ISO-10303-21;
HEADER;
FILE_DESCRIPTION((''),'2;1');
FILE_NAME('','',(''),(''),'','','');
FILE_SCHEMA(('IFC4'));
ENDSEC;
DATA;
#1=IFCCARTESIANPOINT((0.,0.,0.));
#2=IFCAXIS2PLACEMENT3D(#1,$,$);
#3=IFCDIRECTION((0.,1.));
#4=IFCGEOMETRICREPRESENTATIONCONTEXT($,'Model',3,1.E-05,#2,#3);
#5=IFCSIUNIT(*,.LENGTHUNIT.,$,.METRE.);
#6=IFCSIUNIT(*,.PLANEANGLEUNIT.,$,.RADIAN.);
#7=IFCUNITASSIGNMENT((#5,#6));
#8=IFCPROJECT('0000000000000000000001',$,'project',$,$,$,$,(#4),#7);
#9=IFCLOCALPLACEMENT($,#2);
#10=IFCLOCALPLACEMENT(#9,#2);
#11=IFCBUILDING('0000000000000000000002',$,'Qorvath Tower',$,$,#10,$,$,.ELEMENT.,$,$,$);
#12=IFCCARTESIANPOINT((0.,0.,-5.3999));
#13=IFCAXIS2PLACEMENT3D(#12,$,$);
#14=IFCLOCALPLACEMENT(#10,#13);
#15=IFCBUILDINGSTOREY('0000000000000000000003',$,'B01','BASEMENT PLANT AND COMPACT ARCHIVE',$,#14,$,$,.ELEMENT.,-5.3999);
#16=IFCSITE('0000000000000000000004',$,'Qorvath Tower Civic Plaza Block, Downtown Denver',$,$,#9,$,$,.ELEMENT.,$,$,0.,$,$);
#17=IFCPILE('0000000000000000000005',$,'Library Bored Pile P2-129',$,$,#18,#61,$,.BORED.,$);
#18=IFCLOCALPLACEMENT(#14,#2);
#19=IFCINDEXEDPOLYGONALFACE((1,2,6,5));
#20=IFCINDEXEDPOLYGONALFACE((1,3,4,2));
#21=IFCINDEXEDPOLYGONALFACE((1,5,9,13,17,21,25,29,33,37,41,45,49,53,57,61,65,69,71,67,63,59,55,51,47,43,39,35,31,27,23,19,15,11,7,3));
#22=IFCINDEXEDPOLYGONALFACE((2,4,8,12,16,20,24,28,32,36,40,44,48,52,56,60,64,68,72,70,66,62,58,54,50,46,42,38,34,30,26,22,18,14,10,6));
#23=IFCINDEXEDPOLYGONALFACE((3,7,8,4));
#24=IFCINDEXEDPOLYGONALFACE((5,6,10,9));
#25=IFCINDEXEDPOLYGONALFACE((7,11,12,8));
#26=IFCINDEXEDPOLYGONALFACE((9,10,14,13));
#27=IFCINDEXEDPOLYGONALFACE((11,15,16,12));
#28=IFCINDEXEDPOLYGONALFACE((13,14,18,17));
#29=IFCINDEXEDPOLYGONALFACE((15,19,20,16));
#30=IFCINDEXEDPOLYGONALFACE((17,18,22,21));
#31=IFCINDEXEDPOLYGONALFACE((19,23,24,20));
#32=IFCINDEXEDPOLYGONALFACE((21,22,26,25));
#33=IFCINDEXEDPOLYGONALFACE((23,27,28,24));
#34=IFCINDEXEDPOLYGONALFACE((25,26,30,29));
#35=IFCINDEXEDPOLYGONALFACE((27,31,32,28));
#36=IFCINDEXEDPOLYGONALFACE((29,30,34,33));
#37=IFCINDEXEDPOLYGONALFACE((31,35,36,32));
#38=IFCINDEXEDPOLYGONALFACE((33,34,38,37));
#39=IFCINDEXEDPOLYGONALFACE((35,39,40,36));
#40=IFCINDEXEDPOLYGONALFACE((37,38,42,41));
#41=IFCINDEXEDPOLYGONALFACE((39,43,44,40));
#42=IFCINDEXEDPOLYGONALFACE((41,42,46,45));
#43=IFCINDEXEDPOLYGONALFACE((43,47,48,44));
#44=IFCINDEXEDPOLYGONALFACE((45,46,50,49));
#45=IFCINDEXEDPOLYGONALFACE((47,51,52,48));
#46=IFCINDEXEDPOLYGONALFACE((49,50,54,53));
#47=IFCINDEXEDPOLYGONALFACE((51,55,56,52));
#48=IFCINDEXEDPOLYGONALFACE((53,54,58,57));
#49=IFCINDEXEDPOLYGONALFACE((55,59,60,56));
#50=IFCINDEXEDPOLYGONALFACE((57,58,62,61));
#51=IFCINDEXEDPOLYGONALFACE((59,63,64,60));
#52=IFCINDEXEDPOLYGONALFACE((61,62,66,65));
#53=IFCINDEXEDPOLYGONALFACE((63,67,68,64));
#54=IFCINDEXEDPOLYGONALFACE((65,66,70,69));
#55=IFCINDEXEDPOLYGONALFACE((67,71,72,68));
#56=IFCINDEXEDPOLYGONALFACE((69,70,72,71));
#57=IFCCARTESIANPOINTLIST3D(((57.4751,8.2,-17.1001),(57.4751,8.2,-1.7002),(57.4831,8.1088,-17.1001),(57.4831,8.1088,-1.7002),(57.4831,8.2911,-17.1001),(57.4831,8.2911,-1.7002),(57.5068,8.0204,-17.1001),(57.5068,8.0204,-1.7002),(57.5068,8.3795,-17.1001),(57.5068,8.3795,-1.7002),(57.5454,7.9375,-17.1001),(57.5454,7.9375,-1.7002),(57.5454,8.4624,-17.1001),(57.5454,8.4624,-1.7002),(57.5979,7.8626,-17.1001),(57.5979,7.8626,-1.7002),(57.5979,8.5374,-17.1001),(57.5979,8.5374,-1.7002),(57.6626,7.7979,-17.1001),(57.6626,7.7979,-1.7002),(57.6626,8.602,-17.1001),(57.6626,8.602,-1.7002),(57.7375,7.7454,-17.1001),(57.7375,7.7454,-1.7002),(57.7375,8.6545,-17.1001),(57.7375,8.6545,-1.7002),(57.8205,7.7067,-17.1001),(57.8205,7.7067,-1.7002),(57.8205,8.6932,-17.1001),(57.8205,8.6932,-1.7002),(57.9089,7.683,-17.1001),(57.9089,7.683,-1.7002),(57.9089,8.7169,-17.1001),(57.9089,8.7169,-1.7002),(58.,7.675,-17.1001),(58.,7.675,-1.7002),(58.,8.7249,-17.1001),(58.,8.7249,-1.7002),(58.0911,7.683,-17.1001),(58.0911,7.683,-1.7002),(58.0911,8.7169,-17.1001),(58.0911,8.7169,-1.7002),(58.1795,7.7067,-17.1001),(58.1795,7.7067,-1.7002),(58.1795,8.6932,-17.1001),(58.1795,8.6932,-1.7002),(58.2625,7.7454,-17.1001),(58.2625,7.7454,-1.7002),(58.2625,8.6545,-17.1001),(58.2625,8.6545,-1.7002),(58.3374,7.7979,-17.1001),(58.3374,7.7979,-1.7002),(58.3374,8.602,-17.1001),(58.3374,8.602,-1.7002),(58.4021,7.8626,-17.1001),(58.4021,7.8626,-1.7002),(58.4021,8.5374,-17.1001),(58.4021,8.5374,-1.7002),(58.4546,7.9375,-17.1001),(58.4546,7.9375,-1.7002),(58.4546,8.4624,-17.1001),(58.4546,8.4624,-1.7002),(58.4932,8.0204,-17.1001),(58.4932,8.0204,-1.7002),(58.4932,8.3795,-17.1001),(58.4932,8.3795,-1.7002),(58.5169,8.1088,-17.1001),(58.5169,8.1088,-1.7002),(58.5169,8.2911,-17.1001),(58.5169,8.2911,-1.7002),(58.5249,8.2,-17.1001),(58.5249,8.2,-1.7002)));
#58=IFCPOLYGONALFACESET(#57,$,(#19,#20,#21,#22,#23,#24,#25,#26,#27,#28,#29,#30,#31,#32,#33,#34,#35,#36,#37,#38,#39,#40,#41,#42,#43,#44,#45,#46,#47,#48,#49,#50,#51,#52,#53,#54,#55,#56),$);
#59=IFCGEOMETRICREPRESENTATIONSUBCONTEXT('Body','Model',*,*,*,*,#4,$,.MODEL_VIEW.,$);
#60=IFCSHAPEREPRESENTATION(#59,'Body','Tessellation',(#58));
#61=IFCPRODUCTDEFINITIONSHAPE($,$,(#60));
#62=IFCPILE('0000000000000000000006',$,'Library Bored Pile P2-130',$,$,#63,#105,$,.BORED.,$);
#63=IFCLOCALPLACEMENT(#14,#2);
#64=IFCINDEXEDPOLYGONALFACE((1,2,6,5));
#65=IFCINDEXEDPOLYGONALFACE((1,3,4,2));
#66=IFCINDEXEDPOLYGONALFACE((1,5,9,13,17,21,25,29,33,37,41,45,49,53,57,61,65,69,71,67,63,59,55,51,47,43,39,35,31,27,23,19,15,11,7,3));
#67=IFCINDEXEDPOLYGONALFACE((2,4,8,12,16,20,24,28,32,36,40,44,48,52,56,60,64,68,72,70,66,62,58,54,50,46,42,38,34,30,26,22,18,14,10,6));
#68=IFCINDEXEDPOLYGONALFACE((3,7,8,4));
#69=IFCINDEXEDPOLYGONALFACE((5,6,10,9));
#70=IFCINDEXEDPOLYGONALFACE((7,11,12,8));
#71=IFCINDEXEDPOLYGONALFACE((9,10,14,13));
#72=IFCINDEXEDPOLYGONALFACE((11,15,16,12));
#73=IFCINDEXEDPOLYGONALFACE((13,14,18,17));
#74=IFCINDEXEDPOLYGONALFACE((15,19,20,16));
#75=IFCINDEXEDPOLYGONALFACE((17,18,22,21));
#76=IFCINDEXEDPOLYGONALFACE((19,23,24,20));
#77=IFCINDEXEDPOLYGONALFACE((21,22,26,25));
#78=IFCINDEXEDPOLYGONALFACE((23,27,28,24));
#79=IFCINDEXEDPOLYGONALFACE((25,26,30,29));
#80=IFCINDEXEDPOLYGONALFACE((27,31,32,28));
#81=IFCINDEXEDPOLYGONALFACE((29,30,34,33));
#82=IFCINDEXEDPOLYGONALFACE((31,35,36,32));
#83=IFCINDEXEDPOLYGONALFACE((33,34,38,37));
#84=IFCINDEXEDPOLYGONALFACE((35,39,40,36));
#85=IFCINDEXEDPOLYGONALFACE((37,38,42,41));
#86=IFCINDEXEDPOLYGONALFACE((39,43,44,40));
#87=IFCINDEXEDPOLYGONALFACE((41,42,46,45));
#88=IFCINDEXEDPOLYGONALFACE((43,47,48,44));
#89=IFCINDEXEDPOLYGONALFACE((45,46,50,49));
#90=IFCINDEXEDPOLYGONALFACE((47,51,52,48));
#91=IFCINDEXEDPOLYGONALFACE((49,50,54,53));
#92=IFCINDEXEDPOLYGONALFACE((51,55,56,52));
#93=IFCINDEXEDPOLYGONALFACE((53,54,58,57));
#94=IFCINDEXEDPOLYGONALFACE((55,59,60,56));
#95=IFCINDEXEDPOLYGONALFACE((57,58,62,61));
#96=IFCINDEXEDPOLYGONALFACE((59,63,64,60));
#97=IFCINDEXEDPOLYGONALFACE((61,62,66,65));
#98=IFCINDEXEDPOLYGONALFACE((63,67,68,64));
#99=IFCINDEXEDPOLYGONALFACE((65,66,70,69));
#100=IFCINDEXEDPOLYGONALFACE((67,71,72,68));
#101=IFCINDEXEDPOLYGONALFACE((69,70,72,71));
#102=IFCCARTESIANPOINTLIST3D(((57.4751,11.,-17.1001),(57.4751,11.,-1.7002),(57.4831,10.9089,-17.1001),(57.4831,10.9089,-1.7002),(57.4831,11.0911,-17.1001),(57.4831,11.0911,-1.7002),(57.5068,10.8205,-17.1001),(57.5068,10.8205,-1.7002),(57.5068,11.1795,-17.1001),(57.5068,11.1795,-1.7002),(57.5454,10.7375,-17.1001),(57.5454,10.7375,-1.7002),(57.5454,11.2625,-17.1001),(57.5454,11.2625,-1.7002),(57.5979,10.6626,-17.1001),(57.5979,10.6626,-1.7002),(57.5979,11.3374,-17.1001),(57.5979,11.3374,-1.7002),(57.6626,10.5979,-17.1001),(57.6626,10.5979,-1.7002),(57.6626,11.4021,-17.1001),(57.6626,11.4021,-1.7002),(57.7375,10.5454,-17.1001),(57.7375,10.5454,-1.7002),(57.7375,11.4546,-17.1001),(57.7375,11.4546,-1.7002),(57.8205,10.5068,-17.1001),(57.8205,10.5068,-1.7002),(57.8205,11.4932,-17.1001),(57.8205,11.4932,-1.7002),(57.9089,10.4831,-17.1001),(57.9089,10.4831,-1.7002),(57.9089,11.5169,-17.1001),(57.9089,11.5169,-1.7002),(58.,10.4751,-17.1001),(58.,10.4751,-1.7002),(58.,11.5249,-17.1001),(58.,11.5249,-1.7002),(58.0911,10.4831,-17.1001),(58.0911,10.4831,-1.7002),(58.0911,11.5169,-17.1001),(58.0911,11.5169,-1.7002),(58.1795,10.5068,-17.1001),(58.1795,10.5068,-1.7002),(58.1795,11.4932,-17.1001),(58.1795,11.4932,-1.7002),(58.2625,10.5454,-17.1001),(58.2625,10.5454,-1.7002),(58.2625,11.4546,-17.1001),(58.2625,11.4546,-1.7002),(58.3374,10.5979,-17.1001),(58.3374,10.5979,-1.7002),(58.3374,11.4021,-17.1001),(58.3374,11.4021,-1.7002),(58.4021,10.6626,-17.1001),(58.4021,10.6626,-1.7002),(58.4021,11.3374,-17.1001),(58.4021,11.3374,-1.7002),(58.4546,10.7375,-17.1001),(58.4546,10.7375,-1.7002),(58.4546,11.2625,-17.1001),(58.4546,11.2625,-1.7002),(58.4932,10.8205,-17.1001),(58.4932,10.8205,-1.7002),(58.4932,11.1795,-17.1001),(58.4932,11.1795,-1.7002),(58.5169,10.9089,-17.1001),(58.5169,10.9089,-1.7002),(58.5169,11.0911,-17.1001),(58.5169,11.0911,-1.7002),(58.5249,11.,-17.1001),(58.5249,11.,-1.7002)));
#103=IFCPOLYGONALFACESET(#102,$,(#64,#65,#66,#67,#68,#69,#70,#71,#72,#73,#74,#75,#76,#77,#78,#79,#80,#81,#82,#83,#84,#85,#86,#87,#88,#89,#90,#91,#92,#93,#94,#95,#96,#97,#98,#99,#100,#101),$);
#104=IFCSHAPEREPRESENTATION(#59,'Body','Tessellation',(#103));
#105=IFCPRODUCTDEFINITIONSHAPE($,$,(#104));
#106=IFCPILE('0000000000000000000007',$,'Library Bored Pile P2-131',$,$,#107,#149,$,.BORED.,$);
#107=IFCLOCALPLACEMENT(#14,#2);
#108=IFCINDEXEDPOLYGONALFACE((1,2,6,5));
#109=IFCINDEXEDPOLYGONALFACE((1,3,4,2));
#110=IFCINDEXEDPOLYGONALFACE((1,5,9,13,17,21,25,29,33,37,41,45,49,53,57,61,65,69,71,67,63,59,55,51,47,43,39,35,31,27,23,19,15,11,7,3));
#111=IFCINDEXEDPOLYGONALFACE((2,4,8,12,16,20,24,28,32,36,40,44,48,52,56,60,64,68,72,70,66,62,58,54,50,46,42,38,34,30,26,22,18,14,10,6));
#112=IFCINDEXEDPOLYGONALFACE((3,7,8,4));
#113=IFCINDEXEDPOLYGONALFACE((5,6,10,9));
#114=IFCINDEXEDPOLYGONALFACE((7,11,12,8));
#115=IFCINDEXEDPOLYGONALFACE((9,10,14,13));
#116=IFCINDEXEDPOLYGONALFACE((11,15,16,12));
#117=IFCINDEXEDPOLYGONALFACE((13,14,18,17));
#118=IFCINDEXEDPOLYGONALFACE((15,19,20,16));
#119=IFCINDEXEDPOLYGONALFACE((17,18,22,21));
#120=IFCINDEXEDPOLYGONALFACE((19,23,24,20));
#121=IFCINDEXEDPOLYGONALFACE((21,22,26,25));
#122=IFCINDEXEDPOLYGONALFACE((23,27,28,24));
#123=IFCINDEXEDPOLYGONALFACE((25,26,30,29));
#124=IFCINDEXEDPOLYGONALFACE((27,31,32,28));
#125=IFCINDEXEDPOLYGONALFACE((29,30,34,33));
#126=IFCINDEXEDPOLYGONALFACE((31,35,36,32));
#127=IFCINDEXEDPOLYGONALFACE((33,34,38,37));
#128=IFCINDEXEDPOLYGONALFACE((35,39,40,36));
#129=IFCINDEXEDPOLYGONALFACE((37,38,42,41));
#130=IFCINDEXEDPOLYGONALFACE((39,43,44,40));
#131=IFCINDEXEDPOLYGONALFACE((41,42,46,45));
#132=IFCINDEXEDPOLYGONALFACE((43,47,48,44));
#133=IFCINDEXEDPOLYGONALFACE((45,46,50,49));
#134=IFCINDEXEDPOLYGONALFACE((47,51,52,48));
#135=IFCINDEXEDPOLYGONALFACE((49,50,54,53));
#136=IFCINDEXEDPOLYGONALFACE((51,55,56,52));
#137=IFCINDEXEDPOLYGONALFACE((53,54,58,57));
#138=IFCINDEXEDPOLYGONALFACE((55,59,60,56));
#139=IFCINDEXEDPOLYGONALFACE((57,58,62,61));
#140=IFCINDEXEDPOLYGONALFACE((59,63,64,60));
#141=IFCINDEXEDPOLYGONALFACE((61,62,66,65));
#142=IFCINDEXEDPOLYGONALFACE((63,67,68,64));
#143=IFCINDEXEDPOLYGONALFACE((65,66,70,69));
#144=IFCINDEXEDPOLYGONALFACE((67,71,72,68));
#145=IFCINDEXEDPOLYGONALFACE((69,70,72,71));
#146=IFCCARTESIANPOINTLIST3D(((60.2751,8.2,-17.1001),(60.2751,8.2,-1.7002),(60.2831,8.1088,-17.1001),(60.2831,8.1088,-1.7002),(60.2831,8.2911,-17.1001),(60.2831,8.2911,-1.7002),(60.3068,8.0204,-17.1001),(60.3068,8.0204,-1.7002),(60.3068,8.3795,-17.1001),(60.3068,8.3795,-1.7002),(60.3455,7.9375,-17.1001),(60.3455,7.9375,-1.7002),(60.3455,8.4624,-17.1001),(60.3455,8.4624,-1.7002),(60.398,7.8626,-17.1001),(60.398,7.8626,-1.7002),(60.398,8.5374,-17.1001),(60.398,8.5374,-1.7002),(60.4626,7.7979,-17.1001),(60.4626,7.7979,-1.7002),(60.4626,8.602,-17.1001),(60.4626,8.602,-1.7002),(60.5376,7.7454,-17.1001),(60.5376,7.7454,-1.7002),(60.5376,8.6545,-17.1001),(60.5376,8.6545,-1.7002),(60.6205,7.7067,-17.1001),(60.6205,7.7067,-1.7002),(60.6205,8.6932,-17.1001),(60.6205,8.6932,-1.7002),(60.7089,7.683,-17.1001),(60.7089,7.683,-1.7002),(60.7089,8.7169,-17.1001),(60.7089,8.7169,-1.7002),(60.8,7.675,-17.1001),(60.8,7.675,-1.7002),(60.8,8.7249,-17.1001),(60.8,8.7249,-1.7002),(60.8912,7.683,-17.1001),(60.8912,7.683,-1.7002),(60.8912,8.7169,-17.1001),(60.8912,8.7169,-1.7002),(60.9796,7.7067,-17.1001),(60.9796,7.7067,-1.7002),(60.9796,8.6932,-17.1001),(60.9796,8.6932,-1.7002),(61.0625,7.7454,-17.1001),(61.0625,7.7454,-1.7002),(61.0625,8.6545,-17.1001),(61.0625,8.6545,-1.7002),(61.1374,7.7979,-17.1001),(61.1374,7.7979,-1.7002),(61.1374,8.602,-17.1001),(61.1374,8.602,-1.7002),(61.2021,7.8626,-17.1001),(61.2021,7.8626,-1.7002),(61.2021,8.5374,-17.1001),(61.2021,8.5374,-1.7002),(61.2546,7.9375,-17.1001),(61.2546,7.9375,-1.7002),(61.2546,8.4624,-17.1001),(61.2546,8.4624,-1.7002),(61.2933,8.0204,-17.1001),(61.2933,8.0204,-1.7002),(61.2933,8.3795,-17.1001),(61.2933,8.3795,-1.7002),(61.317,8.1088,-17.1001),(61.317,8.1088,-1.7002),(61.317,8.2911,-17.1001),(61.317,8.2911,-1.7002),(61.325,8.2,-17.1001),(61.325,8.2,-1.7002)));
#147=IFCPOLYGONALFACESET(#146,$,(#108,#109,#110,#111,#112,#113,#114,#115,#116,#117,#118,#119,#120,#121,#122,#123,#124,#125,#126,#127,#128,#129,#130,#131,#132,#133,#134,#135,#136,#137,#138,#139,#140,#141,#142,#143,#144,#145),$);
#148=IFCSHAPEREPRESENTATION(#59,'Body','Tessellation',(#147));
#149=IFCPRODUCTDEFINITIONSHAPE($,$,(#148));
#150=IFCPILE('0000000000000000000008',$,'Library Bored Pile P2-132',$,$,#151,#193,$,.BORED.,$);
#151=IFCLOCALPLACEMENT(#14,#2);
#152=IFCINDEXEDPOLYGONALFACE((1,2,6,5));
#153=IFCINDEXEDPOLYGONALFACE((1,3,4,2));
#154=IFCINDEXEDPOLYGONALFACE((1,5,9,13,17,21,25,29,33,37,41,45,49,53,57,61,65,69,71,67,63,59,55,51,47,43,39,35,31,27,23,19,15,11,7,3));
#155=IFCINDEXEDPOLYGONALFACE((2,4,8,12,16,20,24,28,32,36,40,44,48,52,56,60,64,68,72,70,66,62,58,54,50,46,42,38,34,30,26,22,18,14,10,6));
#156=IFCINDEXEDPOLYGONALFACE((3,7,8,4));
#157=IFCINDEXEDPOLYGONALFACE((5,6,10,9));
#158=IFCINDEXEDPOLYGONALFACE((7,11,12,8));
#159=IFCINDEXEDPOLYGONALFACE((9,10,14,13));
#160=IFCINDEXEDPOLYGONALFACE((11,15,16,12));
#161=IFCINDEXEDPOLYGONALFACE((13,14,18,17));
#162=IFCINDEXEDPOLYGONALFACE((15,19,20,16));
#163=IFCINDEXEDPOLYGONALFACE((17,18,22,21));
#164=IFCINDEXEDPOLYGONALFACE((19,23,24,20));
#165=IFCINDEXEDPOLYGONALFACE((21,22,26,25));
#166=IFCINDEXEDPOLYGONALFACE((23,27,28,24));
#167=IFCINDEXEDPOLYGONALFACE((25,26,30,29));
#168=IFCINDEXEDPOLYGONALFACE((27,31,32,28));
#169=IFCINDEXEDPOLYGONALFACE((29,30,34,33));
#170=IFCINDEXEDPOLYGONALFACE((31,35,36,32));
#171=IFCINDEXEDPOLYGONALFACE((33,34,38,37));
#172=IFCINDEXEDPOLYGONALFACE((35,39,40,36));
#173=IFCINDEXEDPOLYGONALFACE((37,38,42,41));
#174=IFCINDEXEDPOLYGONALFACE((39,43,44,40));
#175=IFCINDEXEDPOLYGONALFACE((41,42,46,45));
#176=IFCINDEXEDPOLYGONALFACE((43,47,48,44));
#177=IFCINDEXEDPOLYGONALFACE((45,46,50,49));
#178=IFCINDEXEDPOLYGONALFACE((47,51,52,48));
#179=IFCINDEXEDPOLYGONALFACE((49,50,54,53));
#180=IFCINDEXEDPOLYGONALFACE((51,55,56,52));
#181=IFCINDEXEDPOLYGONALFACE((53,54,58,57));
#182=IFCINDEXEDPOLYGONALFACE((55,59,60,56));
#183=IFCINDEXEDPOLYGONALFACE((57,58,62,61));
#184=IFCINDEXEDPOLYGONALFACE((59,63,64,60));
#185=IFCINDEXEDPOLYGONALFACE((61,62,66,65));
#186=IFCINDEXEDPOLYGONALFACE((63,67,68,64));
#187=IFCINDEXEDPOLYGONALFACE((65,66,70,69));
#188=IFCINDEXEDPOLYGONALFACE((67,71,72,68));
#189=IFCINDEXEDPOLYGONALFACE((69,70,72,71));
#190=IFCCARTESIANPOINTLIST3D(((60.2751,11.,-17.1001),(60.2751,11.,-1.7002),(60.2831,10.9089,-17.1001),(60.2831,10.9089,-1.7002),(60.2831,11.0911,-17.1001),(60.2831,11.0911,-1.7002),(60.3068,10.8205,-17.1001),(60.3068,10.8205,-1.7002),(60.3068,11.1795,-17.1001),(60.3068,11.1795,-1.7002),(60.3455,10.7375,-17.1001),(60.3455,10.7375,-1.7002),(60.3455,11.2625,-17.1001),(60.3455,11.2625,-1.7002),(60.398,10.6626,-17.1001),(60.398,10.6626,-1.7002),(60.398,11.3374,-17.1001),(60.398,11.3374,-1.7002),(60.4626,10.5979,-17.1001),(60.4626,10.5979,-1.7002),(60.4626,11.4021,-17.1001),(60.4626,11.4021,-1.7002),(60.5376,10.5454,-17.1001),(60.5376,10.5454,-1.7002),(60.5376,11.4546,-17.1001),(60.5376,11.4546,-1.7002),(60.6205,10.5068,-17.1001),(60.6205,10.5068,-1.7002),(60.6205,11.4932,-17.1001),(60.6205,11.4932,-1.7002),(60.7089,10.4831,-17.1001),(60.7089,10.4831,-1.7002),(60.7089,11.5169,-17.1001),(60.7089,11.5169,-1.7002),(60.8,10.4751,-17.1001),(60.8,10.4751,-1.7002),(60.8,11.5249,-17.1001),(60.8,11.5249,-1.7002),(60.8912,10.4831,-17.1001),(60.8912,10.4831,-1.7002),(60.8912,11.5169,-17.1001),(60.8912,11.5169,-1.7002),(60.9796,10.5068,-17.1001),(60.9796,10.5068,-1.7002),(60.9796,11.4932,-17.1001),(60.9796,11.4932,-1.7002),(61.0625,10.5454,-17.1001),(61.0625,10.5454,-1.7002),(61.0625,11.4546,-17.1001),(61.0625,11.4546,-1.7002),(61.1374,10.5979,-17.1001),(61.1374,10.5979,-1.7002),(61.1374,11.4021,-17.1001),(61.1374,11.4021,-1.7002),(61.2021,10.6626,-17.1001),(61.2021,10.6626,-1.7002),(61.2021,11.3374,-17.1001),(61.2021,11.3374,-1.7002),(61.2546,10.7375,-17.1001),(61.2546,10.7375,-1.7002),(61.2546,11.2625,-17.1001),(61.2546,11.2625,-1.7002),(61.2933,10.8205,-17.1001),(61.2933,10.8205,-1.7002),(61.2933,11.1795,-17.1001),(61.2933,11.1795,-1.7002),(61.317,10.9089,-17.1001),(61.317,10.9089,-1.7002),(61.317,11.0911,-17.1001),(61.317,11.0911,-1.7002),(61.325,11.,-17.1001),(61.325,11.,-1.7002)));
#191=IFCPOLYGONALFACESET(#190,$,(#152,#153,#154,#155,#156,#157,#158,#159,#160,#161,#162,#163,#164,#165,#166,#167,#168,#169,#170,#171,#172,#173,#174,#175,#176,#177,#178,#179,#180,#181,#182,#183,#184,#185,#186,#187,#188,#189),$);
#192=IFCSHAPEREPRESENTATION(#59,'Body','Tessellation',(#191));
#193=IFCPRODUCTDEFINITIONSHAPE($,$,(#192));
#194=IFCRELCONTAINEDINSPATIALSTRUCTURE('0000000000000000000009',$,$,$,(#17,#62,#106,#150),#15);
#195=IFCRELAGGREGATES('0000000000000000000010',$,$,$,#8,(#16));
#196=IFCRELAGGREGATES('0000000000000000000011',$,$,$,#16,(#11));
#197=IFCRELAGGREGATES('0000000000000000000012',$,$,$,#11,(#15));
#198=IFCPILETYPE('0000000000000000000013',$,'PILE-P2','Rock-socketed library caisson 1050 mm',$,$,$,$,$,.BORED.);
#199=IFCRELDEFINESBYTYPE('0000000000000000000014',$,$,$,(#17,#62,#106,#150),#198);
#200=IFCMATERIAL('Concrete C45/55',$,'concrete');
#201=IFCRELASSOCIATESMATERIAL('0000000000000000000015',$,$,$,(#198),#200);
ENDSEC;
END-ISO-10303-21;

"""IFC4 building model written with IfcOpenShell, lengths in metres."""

from ifc_helpers import new_model, si_unit, direction, frame, origin, origin_2d, place, context, subcontext, project, spatial, circle, extrude, material, material_profile, profile_set, type_object, element, save


model = new_model("IFC4")

# Units and contexts
model_context = context("Model", 3, precision=1e-05, world=origin(), true_north=direction((0.0, 1.0)))
body_context = subcontext(model_context, "Body", "Model", "MODEL_VIEW")
ifc_project = project(units=[si_unit("LENGTHUNIT", "METRE"), si_unit("PLANEANGLEUNIT", "RADIAN")], contexts=[model_context])

# Site, building, storey
site_placement = place(None, origin())
site = spatial("IfcSite", under=ifc_project, at=site_placement, Name="Qorvath Tower Civic Plaza Block, Downtown Denver", CompositionType="ELEMENT", RefElevation=0.0)
building_placement = place(site_placement, origin())
building = spatial("IfcBuilding", under=site, at=building_placement, Name="Qorvath Tower", CompositionType="ELEMENT")
storey_placement = place(building_placement, frame((0.0, 0.0, -5.3999)))
storey = spatial("IfcBuildingStorey", under=building, at=storey_placement, Name="B01", Description="BASEMENT PLANT AND COMPACT ARCHIVE", CompositionType="ELEMENT", Elevation=-5.3999)

# Piles
ifc_material_1 = material(Name="Concrete C45/55", Category="concrete")
ifc_material_profile_1 = material_profile(ifc_material_1, circle(Radius=0.5249, at=origin_2d()), Name="BORED PILE 1050")
ifc_profile_set_1 = profile_set([ifc_material_profile_1], Name="Concrete C45/55")
pile_type = type_object("IfcPileType", Name="PILE-P2", Description="Rock-socketed library caisson 1050 mm", PredefinedType="BORED", material=ifc_profile_set_1)
for number, where, z_axis, x_axis, name in (
    (1, (58.0, 8.2, -1.7002), (0.0, 0.0, -1.0), (1.0, 0.0, 0.0), "Library Bored Pile P2-129"),
    (2, (58.0, 11.0, -1.7002), (0.0, 0.0, -1.0), (1.0, 0.0, 0.0), "Library Bored Pile P2-130"),
    (3, (60.8, 8.2, -1.7002), (0.0, 0.0, -1.0), (1.0, 0.0, 0.0), "Library Bored Pile P2-131"),
    (4, (60.8, 11.0, -1.7002), (0.0, 0.0, -1.0), (1.0, 0.0, 0.0), "Library Bored Pile P2-132"),
):
    element("IfcPile", number, at=place(storey_placement, frame(where, z_axis=z_axis, x_axis=x_axis)), inside=storey, type_object=pile_type, Name=name, PredefinedType="BORED", context=body_context, shape_type="SweptSolid", body=[
        extrude(circle(Radius=0.5249, at=origin_2d()), origin(), (0.0, 0.0, 1.0), 15.3999),
    ])

save(model, "model.ifc")
